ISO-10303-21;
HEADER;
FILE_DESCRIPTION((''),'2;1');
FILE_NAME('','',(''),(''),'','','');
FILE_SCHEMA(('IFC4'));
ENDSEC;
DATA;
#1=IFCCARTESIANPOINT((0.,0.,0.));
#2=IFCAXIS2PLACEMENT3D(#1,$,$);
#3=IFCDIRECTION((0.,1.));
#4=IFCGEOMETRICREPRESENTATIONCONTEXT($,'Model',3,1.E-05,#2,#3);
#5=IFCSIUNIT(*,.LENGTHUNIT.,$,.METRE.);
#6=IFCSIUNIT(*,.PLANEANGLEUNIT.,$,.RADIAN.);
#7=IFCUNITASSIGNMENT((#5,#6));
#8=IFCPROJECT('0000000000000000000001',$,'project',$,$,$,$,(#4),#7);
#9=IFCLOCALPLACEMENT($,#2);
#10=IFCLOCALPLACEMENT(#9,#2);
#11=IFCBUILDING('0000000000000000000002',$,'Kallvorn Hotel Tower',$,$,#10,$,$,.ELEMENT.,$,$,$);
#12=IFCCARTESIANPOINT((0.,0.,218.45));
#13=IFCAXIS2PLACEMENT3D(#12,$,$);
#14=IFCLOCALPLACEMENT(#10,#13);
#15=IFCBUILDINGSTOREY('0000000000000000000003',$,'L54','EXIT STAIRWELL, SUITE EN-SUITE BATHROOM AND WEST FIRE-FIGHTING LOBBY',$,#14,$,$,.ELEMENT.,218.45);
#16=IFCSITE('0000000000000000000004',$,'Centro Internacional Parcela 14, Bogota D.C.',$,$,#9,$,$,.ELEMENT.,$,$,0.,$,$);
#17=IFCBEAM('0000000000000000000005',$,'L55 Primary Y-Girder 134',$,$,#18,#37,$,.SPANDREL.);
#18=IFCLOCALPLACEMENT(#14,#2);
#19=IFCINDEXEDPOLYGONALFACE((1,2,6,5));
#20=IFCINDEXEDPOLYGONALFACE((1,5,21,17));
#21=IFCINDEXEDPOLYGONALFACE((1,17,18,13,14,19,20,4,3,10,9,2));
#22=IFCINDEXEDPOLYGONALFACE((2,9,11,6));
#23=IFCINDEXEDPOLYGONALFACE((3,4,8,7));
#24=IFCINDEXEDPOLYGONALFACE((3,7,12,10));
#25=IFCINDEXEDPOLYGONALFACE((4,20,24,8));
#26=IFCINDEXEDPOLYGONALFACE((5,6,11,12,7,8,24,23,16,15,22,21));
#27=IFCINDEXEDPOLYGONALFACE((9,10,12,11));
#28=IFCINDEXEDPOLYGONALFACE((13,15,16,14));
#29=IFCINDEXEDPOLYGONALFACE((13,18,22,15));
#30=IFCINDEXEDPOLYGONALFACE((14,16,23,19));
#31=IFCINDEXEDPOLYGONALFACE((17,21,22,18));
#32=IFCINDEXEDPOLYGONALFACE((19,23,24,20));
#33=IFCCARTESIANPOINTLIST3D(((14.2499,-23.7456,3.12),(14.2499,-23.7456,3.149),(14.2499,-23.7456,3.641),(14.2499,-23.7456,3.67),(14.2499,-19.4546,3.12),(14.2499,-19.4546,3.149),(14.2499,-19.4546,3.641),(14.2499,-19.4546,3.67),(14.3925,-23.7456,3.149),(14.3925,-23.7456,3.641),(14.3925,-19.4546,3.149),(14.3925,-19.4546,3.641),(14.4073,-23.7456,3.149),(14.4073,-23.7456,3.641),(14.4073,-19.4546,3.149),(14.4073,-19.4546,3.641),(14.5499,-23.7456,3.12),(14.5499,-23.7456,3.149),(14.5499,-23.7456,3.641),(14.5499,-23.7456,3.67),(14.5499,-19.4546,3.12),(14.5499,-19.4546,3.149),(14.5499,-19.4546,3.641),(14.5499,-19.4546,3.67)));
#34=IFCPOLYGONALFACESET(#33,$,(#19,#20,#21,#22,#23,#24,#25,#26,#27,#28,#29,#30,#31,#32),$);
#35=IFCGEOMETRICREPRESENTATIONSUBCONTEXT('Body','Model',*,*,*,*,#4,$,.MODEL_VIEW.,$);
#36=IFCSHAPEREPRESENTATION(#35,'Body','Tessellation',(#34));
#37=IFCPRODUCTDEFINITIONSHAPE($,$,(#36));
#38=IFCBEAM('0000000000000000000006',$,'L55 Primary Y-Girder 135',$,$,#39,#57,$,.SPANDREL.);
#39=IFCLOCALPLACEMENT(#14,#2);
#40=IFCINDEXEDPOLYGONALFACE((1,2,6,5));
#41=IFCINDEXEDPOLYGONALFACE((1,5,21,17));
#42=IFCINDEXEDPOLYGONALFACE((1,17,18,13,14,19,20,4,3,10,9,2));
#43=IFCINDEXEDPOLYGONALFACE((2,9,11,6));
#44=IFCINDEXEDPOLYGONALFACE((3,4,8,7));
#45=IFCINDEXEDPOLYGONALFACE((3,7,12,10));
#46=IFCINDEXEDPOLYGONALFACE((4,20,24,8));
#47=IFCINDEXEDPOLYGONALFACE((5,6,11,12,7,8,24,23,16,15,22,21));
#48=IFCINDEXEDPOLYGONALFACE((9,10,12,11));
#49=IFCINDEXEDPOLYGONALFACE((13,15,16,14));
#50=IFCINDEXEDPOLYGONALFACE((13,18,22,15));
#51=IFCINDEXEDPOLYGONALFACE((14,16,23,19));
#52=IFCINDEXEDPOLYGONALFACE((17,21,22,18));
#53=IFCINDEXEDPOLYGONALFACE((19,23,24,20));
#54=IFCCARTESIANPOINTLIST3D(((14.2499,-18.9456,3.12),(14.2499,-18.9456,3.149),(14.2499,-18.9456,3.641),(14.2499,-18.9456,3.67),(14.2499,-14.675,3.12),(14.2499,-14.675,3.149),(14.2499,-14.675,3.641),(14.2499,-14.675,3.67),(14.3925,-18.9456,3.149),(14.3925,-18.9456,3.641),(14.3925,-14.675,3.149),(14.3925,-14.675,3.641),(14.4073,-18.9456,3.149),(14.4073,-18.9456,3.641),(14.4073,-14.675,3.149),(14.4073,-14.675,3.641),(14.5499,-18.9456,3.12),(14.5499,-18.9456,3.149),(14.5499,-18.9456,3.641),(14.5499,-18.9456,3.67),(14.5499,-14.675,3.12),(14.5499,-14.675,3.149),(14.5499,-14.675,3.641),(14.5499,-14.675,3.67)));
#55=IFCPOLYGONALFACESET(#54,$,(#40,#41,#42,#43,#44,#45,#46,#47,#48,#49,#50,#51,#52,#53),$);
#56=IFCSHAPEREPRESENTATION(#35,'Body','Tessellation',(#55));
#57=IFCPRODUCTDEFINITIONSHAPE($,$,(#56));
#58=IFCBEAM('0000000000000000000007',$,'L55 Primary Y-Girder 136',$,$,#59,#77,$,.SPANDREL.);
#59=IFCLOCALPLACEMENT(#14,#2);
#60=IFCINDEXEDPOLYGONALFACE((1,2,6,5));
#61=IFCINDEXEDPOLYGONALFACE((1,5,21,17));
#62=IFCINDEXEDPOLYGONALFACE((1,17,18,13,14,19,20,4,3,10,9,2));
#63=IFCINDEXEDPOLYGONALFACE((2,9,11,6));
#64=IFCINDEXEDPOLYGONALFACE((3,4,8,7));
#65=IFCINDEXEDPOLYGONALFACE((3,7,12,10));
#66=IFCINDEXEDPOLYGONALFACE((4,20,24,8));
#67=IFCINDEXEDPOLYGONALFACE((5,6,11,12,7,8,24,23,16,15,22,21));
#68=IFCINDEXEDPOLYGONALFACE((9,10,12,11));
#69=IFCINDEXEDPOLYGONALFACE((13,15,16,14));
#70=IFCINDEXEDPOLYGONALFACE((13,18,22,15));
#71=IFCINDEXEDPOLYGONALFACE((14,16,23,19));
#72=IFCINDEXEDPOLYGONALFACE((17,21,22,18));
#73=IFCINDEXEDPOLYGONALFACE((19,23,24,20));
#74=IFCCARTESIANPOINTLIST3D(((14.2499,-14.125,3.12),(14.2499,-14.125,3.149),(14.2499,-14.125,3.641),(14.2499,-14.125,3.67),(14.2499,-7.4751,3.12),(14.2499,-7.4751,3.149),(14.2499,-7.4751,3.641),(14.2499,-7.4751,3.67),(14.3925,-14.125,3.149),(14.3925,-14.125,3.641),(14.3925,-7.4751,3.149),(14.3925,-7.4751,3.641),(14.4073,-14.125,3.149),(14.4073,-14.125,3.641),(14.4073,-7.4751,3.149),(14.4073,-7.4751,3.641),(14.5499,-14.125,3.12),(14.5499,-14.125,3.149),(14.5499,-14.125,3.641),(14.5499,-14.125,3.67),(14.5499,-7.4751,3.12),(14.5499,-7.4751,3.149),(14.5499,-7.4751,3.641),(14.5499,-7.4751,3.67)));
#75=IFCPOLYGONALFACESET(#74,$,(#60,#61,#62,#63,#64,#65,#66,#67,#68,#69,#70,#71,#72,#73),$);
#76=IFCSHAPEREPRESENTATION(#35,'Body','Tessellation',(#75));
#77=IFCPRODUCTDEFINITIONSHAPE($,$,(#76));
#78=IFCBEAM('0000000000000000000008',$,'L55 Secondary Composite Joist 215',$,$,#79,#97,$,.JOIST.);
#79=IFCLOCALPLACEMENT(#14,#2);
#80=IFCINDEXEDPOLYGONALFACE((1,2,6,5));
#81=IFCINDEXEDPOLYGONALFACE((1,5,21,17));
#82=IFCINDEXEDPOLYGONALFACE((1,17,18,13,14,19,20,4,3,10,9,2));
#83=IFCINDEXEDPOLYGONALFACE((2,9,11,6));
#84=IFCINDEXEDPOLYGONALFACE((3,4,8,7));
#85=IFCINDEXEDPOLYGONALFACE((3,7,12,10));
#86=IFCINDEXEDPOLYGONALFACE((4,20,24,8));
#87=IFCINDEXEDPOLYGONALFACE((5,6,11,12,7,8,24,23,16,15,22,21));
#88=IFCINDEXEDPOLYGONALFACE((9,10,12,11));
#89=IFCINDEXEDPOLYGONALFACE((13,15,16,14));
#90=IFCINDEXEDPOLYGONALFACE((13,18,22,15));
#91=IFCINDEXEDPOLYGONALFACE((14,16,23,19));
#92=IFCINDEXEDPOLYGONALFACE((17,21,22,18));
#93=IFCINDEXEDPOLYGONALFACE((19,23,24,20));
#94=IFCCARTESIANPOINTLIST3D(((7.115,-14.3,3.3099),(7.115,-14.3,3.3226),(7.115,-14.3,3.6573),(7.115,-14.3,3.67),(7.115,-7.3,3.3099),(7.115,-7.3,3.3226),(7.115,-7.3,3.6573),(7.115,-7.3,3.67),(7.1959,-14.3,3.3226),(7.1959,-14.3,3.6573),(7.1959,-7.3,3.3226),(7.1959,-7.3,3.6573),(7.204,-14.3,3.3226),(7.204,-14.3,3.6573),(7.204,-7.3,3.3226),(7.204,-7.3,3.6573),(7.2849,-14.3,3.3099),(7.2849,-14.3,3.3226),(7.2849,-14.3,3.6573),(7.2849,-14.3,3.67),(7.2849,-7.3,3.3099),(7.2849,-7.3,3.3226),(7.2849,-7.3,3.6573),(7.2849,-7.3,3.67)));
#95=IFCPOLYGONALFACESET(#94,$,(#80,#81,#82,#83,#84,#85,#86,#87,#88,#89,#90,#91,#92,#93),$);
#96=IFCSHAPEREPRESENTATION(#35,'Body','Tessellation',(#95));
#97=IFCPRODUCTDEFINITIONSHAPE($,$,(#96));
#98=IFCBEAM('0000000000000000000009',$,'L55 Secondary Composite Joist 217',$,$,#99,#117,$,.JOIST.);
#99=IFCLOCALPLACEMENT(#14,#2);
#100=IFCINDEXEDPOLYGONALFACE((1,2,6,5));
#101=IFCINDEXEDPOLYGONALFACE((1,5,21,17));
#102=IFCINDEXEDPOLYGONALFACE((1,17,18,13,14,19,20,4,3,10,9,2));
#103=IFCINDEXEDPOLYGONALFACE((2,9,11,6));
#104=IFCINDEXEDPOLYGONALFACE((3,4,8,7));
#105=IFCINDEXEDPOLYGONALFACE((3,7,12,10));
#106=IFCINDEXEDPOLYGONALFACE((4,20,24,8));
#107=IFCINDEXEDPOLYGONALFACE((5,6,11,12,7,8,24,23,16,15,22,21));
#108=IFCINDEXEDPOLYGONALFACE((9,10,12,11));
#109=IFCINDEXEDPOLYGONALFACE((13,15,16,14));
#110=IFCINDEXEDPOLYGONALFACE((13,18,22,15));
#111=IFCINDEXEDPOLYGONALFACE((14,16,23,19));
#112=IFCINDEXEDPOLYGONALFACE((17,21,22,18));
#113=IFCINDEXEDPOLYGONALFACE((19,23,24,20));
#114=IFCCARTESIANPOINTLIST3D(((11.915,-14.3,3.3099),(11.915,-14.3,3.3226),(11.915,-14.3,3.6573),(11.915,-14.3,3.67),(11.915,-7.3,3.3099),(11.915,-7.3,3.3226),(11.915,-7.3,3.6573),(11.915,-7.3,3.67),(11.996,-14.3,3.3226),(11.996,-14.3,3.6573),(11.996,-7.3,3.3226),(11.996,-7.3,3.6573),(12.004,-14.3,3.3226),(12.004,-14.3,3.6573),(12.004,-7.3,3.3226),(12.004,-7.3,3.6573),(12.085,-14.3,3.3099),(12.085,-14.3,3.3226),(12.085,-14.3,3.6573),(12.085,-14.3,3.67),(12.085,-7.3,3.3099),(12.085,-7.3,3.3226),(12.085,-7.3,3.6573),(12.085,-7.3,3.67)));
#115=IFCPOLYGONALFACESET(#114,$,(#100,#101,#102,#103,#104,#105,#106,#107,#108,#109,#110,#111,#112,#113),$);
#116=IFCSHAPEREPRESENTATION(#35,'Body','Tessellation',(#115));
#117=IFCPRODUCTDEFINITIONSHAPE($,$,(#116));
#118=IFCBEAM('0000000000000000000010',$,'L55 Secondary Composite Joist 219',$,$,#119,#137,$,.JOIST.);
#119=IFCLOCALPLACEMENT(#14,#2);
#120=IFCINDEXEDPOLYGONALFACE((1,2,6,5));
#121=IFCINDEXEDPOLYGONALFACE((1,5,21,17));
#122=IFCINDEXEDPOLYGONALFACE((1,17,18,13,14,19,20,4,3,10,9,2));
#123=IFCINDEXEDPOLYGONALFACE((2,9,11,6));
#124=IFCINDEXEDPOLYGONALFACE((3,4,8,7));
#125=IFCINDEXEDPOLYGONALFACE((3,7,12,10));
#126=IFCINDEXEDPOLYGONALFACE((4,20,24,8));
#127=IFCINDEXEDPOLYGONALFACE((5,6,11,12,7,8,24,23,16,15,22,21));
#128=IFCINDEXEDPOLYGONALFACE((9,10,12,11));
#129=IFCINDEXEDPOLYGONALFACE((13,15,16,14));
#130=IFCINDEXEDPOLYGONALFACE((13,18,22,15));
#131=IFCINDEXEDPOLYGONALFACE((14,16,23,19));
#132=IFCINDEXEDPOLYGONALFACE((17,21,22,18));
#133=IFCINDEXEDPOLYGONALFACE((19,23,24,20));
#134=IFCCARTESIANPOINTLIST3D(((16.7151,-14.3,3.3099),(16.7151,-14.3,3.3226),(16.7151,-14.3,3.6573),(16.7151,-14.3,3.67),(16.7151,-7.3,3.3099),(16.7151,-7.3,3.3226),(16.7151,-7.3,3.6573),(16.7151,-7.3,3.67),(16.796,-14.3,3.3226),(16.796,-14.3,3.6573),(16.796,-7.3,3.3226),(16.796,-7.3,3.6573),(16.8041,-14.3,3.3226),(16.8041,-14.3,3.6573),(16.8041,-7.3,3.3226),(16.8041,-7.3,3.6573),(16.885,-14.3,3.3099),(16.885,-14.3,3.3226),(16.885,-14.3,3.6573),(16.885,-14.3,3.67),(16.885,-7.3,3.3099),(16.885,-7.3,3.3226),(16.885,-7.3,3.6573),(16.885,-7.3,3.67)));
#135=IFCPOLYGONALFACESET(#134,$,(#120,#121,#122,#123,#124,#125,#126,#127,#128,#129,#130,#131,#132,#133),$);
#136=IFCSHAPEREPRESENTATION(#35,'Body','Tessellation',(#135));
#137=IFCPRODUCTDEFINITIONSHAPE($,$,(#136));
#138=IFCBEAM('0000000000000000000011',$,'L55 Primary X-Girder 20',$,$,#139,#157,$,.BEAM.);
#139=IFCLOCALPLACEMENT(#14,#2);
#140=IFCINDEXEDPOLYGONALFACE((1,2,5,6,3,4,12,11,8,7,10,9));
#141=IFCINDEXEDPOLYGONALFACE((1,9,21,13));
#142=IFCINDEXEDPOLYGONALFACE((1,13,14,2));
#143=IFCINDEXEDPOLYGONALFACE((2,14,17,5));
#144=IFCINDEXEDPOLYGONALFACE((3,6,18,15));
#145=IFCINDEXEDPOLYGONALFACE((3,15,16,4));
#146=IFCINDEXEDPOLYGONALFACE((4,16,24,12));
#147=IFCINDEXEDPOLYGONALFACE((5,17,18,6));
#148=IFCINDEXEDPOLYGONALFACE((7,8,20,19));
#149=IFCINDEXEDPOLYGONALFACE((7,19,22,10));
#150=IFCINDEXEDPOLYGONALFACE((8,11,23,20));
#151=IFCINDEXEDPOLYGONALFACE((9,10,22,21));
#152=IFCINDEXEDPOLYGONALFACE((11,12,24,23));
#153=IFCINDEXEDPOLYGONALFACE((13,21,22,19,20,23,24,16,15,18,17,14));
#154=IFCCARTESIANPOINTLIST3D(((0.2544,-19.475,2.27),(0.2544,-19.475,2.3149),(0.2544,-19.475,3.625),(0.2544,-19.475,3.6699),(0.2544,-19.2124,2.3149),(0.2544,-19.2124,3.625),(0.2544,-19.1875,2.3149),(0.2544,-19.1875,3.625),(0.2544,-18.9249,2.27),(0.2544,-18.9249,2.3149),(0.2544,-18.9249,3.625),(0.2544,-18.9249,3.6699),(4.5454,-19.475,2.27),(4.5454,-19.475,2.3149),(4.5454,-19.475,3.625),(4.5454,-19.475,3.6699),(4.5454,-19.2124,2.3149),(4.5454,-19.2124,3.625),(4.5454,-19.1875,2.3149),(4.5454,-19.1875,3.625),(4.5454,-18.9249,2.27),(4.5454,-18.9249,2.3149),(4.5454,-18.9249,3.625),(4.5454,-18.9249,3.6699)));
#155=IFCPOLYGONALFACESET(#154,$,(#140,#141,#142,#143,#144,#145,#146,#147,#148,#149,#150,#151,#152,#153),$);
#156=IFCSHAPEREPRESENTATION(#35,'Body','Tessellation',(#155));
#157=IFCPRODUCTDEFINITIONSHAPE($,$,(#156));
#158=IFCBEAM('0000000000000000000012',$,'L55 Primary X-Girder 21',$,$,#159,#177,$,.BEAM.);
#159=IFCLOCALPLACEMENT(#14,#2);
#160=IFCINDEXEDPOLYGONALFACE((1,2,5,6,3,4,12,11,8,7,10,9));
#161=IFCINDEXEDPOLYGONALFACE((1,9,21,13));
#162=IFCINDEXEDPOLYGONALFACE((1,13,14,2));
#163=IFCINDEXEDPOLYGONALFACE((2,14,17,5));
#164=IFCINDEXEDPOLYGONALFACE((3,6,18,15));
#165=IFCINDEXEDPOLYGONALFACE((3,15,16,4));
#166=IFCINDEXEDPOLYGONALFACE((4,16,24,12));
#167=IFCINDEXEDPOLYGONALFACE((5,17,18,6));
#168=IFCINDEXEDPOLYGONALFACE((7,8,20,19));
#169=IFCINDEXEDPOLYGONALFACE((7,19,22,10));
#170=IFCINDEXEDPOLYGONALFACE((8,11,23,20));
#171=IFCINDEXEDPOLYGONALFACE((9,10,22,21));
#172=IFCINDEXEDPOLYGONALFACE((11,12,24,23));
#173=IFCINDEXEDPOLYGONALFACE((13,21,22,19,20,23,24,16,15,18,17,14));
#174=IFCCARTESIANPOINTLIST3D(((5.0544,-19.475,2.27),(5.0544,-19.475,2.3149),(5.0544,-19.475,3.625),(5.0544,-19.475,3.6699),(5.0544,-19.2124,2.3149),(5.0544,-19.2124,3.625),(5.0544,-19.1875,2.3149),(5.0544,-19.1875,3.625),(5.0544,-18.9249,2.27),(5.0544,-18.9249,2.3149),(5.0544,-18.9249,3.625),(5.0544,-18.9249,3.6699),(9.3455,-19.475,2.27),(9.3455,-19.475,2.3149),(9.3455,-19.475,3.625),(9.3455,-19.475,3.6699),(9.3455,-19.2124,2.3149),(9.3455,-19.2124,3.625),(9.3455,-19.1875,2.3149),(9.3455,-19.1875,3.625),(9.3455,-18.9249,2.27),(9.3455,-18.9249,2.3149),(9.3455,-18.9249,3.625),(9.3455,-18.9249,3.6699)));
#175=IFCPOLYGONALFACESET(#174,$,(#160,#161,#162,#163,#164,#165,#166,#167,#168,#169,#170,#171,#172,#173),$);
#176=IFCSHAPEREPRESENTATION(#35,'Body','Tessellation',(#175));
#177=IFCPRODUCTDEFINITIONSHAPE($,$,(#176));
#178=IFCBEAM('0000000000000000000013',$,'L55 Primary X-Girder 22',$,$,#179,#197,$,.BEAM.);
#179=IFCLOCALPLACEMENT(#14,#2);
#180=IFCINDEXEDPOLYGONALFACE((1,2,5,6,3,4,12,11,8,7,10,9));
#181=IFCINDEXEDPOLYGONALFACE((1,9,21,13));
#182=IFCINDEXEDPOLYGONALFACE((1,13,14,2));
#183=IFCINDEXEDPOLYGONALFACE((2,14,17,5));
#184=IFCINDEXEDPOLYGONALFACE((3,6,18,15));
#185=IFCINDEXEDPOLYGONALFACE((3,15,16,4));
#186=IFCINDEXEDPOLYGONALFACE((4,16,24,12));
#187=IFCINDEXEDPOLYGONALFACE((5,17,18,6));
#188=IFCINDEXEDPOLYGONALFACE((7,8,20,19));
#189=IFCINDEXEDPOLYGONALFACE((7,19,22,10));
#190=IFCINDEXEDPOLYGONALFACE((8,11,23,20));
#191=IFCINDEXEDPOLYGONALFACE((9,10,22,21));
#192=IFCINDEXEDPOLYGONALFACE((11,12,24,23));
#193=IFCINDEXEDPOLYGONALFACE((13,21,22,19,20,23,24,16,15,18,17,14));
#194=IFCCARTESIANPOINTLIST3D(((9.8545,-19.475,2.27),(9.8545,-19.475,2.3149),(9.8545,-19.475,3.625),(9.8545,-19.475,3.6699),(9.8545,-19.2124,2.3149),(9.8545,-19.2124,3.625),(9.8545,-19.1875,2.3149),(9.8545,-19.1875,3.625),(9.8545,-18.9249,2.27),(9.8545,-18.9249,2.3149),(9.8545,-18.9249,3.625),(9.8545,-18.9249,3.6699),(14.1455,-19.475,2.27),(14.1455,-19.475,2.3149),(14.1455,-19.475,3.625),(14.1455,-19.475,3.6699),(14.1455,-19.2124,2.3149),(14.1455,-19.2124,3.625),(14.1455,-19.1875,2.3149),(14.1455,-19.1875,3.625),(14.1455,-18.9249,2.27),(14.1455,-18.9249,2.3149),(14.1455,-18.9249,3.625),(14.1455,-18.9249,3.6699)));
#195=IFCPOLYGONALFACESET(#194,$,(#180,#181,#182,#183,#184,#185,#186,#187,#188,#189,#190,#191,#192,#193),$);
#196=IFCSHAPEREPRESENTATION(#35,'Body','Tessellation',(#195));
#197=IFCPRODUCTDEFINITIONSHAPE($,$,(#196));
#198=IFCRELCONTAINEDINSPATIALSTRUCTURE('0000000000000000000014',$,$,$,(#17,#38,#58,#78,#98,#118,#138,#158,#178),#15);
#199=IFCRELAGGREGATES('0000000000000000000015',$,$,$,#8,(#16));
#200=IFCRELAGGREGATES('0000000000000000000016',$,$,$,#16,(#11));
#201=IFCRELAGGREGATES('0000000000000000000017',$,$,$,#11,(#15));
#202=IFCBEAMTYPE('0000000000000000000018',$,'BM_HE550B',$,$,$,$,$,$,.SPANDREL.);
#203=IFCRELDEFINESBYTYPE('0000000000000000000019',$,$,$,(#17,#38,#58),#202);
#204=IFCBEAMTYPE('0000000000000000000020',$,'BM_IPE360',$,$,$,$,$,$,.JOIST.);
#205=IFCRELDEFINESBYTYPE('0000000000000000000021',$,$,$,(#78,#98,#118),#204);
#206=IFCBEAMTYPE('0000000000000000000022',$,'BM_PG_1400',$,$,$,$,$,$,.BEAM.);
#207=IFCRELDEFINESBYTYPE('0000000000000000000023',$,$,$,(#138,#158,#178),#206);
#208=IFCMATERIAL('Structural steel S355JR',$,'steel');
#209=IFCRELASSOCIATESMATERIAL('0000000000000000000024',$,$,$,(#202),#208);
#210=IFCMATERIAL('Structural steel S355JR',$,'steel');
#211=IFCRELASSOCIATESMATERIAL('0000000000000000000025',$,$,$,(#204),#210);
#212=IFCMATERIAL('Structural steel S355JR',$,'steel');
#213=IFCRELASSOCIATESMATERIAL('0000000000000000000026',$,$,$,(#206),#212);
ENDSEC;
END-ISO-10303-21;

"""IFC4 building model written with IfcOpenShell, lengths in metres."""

from ifc_helpers import new_model, si_unit, direction, frame, origin, origin_2d, place, context, subcontext, project, spatial, i_section, extrude, material, material_profile, profile_set, type_object, element, save


model = new_model("IFC4")

# Units and contexts
model_context = context("Model", 3, precision=1e-05, world=origin(), true_north=direction((0.0, 1.0)))
body_context = subcontext(model_context, "Body", "Model", "MODEL_VIEW")
ifc_project = project(units=[si_unit("LENGTHUNIT", "METRE"), si_unit("PLANEANGLEUNIT", "RADIAN")], contexts=[model_context])

# Site, building, storey
site_placement = place(None, origin())
site = spatial("IfcSite", under=ifc_project, at=site_placement, Name="Centro Internacional Parcela 14, Bogota D.C.", CompositionType="ELEMENT", RefElevation=0.0)
building_placement = place(site_placement, origin())
building = spatial("IfcBuilding", under=site, at=building_placement, Name="Kallvorn Hotel Tower", CompositionType="ELEMENT")
storey_placement = place(building_placement, frame((0.0, 0.0, 218.45)))
storey = spatial("IfcBuildingStorey", under=building, at=storey_placement, Name="L54", Description="EXIT STAIRWELL, SUITE EN-SUITE BATHROOM AND WEST FIRE-FIGHTING LOBBY", CompositionType="ELEMENT", Elevation=218.45)

# Beams
ifc_material_1 = material(Name="Structural steel S355JR", Category="steel")
ifc_material_profile_1 = material_profile(ifc_material_1, i_section(OverallWidth=0.3, OverallDepth=0.55, WebThickness=0.0149, FlangeThickness=0.0291, at=origin_2d()), Name="HE 550 B")
ifc_profile_set_1 = profile_set([ifc_material_profile_1], Name="Structural steel S355JR")
beam_type_1 = type_object("IfcBeamType", Name="BM_HE550B", PredefinedType="SPANDREL", material=ifc_profile_set_1)
for number, where, z_axis, x_axis, name in (
    (1, (14.3999, -23.7456, 3.395), (0.0, 1.0, 0.0), (-1.0, 0.0, 0.0), "L55 Primary Y-Girder 134"),
):
    element("IfcBeam", number, at=place(storey_placement, frame(where, z_axis=z_axis, x_axis=x_axis)), inside=storey, type_object=beam_type_1, Name=name, PredefinedType="SPANDREL", context=body_context, shape_type="SweptSolid", body=[
        extrude(i_section(OverallWidth=0.3, OverallDepth=0.55, WebThickness=0.0149, FlangeThickness=0.0291, at=origin_2d()), origin(), (0.0, 0.0, 1.0), 4.291),
    ])
beam_1_placement = place(storey_placement, frame((14.3999, -18.9456, 3.395), z_axis=(0.0, 1.0, 0.0), x_axis=(-1.0, 0.0, 0.0)))
element("IfcBeam", 2, at=beam_1_placement, inside=storey, type_object=beam_type_1, Name="L55 Primary Y-Girder 135", PredefinedType="SPANDREL", context=body_context, shape_type="SweptSolid", body=[
    extrude(i_section(OverallWidth=0.3, OverallDepth=0.55, WebThickness=0.0149, FlangeThickness=0.0291, at=origin_2d()), origin(), (0.0, 0.0, 1.0), 4.2705),
])
beam_2_placement = place(storey_placement, frame((14.3999, -14.125, 3.395), z_axis=(0.0, 1.0, 0.0), x_axis=(-1.0, 0.0, 0.0)))
element("IfcBeam", 3, at=beam_2_placement, inside=storey, type_object=beam_type_1, Name="L55 Primary Y-Girder 136", PredefinedType="SPANDREL", context=body_context, shape_type="SweptSolid", body=[
    extrude(i_section(OverallWidth=0.3, OverallDepth=0.55, WebThickness=0.0149, FlangeThickness=0.0291, at=origin_2d()), origin(), (0.0, 0.0, 1.0), 6.6499),
])
ifc_material_2 = material(Name="Structural steel S355JR", Category="steel")
ifc_material_profile_2 = material_profile(ifc_material_2, i_section(OverallWidth=0.1699, OverallDepth=0.3601, WebThickness=0.0081, FlangeThickness=0.0127, at=origin_2d()), Name="IPE 360")
ifc_profile_set_2 = profile_set([ifc_material_profile_2], Name="Structural steel S355JR")
beam_type_2 = type_object("IfcBeamType", Name="BM_IPE360", PredefinedType="JOIST", material=ifc_profile_set_2)
for number, where, z_axis, x_axis, name in (
    (4, (7.2, -14.3, 3.49), (0.0, 1.0, 0.0), (-1.0, 0.0, 0.0), "L55 Secondary Composite Joist 215"),
    (5, (12.0, -14.3, 3.49), (0.0, 1.0, 0.0), (-1.0, 0.0, 0.0), "L55 Secondary Composite Joist 217"),
    (6, (16.8, -14.3, 3.49), (0.0, 1.0, 0.0), (-1.0, 0.0, 0.0), "L55 Secondary Composite Joist 219"),
):
    element("IfcBeam", number, at=place(storey_placement, frame(where, z_axis=z_axis, x_axis=x_axis)), inside=storey, type_object=beam_type_2, Name=name, PredefinedType="JOIST", context=body_context, shape_type="SweptSolid", body=[
        extrude(i_section(OverallWidth=0.1699, OverallDepth=0.3601, WebThickness=0.0081, FlangeThickness=0.0127, at=origin_2d()), origin(), (0.0, 0.0, 1.0), 7.0),
    ])
ifc_material_3 = material(Name="Structural steel S355JR", Category="steel")
ifc_material_profile_3 = material_profile(ifc_material_3, i_section(OverallWidth=0.55, OverallDepth=1.3999, WebThickness=0.0249, FlangeThickness=0.0449, at=origin_2d()), Name="PG 1400x550x25x45")
ifc_profile_set_3 = profile_set([ifc_material_profile_3], Name="Structural steel S355JR")
beam_type_3 = type_object("IfcBeamType", Name="BM_PG_1400", PredefinedType="BEAM", material=ifc_profile_set_3)
for number, where, z_axis, x_axis, name in (
    (7, (0.2544, -19.2, 2.97), (1.0, 0.0, 0.0), (0.0, 1.0, 0.0), "L55 Primary X-Girder 20"),
    (8, (5.0544, -19.2, 2.97), (1.0, 0.0, 0.0), (0.0, 1.0, 0.0), "L55 Primary X-Girder 21"),
    (9, (9.8545, -19.2, 2.97), (1.0, 0.0, 0.0), (0.0, 1.0, 0.0), "L55 Primary X-Girder 22"),
):
    element("IfcBeam", number, at=place(storey_placement, frame(where, z_axis=z_axis, x_axis=x_axis)), inside=storey, type_object=beam_type_3, Name=name, PredefinedType="BEAM", context=body_context, shape_type="SweptSolid", body=[
        extrude(i_section(OverallWidth=0.55, OverallDepth=1.3999, WebThickness=0.0249, FlangeThickness=0.0449, at=origin_2d()), origin(), (0.0, 0.0, 1.0), 4.291),
    ])

save(model, "model.ifc")
